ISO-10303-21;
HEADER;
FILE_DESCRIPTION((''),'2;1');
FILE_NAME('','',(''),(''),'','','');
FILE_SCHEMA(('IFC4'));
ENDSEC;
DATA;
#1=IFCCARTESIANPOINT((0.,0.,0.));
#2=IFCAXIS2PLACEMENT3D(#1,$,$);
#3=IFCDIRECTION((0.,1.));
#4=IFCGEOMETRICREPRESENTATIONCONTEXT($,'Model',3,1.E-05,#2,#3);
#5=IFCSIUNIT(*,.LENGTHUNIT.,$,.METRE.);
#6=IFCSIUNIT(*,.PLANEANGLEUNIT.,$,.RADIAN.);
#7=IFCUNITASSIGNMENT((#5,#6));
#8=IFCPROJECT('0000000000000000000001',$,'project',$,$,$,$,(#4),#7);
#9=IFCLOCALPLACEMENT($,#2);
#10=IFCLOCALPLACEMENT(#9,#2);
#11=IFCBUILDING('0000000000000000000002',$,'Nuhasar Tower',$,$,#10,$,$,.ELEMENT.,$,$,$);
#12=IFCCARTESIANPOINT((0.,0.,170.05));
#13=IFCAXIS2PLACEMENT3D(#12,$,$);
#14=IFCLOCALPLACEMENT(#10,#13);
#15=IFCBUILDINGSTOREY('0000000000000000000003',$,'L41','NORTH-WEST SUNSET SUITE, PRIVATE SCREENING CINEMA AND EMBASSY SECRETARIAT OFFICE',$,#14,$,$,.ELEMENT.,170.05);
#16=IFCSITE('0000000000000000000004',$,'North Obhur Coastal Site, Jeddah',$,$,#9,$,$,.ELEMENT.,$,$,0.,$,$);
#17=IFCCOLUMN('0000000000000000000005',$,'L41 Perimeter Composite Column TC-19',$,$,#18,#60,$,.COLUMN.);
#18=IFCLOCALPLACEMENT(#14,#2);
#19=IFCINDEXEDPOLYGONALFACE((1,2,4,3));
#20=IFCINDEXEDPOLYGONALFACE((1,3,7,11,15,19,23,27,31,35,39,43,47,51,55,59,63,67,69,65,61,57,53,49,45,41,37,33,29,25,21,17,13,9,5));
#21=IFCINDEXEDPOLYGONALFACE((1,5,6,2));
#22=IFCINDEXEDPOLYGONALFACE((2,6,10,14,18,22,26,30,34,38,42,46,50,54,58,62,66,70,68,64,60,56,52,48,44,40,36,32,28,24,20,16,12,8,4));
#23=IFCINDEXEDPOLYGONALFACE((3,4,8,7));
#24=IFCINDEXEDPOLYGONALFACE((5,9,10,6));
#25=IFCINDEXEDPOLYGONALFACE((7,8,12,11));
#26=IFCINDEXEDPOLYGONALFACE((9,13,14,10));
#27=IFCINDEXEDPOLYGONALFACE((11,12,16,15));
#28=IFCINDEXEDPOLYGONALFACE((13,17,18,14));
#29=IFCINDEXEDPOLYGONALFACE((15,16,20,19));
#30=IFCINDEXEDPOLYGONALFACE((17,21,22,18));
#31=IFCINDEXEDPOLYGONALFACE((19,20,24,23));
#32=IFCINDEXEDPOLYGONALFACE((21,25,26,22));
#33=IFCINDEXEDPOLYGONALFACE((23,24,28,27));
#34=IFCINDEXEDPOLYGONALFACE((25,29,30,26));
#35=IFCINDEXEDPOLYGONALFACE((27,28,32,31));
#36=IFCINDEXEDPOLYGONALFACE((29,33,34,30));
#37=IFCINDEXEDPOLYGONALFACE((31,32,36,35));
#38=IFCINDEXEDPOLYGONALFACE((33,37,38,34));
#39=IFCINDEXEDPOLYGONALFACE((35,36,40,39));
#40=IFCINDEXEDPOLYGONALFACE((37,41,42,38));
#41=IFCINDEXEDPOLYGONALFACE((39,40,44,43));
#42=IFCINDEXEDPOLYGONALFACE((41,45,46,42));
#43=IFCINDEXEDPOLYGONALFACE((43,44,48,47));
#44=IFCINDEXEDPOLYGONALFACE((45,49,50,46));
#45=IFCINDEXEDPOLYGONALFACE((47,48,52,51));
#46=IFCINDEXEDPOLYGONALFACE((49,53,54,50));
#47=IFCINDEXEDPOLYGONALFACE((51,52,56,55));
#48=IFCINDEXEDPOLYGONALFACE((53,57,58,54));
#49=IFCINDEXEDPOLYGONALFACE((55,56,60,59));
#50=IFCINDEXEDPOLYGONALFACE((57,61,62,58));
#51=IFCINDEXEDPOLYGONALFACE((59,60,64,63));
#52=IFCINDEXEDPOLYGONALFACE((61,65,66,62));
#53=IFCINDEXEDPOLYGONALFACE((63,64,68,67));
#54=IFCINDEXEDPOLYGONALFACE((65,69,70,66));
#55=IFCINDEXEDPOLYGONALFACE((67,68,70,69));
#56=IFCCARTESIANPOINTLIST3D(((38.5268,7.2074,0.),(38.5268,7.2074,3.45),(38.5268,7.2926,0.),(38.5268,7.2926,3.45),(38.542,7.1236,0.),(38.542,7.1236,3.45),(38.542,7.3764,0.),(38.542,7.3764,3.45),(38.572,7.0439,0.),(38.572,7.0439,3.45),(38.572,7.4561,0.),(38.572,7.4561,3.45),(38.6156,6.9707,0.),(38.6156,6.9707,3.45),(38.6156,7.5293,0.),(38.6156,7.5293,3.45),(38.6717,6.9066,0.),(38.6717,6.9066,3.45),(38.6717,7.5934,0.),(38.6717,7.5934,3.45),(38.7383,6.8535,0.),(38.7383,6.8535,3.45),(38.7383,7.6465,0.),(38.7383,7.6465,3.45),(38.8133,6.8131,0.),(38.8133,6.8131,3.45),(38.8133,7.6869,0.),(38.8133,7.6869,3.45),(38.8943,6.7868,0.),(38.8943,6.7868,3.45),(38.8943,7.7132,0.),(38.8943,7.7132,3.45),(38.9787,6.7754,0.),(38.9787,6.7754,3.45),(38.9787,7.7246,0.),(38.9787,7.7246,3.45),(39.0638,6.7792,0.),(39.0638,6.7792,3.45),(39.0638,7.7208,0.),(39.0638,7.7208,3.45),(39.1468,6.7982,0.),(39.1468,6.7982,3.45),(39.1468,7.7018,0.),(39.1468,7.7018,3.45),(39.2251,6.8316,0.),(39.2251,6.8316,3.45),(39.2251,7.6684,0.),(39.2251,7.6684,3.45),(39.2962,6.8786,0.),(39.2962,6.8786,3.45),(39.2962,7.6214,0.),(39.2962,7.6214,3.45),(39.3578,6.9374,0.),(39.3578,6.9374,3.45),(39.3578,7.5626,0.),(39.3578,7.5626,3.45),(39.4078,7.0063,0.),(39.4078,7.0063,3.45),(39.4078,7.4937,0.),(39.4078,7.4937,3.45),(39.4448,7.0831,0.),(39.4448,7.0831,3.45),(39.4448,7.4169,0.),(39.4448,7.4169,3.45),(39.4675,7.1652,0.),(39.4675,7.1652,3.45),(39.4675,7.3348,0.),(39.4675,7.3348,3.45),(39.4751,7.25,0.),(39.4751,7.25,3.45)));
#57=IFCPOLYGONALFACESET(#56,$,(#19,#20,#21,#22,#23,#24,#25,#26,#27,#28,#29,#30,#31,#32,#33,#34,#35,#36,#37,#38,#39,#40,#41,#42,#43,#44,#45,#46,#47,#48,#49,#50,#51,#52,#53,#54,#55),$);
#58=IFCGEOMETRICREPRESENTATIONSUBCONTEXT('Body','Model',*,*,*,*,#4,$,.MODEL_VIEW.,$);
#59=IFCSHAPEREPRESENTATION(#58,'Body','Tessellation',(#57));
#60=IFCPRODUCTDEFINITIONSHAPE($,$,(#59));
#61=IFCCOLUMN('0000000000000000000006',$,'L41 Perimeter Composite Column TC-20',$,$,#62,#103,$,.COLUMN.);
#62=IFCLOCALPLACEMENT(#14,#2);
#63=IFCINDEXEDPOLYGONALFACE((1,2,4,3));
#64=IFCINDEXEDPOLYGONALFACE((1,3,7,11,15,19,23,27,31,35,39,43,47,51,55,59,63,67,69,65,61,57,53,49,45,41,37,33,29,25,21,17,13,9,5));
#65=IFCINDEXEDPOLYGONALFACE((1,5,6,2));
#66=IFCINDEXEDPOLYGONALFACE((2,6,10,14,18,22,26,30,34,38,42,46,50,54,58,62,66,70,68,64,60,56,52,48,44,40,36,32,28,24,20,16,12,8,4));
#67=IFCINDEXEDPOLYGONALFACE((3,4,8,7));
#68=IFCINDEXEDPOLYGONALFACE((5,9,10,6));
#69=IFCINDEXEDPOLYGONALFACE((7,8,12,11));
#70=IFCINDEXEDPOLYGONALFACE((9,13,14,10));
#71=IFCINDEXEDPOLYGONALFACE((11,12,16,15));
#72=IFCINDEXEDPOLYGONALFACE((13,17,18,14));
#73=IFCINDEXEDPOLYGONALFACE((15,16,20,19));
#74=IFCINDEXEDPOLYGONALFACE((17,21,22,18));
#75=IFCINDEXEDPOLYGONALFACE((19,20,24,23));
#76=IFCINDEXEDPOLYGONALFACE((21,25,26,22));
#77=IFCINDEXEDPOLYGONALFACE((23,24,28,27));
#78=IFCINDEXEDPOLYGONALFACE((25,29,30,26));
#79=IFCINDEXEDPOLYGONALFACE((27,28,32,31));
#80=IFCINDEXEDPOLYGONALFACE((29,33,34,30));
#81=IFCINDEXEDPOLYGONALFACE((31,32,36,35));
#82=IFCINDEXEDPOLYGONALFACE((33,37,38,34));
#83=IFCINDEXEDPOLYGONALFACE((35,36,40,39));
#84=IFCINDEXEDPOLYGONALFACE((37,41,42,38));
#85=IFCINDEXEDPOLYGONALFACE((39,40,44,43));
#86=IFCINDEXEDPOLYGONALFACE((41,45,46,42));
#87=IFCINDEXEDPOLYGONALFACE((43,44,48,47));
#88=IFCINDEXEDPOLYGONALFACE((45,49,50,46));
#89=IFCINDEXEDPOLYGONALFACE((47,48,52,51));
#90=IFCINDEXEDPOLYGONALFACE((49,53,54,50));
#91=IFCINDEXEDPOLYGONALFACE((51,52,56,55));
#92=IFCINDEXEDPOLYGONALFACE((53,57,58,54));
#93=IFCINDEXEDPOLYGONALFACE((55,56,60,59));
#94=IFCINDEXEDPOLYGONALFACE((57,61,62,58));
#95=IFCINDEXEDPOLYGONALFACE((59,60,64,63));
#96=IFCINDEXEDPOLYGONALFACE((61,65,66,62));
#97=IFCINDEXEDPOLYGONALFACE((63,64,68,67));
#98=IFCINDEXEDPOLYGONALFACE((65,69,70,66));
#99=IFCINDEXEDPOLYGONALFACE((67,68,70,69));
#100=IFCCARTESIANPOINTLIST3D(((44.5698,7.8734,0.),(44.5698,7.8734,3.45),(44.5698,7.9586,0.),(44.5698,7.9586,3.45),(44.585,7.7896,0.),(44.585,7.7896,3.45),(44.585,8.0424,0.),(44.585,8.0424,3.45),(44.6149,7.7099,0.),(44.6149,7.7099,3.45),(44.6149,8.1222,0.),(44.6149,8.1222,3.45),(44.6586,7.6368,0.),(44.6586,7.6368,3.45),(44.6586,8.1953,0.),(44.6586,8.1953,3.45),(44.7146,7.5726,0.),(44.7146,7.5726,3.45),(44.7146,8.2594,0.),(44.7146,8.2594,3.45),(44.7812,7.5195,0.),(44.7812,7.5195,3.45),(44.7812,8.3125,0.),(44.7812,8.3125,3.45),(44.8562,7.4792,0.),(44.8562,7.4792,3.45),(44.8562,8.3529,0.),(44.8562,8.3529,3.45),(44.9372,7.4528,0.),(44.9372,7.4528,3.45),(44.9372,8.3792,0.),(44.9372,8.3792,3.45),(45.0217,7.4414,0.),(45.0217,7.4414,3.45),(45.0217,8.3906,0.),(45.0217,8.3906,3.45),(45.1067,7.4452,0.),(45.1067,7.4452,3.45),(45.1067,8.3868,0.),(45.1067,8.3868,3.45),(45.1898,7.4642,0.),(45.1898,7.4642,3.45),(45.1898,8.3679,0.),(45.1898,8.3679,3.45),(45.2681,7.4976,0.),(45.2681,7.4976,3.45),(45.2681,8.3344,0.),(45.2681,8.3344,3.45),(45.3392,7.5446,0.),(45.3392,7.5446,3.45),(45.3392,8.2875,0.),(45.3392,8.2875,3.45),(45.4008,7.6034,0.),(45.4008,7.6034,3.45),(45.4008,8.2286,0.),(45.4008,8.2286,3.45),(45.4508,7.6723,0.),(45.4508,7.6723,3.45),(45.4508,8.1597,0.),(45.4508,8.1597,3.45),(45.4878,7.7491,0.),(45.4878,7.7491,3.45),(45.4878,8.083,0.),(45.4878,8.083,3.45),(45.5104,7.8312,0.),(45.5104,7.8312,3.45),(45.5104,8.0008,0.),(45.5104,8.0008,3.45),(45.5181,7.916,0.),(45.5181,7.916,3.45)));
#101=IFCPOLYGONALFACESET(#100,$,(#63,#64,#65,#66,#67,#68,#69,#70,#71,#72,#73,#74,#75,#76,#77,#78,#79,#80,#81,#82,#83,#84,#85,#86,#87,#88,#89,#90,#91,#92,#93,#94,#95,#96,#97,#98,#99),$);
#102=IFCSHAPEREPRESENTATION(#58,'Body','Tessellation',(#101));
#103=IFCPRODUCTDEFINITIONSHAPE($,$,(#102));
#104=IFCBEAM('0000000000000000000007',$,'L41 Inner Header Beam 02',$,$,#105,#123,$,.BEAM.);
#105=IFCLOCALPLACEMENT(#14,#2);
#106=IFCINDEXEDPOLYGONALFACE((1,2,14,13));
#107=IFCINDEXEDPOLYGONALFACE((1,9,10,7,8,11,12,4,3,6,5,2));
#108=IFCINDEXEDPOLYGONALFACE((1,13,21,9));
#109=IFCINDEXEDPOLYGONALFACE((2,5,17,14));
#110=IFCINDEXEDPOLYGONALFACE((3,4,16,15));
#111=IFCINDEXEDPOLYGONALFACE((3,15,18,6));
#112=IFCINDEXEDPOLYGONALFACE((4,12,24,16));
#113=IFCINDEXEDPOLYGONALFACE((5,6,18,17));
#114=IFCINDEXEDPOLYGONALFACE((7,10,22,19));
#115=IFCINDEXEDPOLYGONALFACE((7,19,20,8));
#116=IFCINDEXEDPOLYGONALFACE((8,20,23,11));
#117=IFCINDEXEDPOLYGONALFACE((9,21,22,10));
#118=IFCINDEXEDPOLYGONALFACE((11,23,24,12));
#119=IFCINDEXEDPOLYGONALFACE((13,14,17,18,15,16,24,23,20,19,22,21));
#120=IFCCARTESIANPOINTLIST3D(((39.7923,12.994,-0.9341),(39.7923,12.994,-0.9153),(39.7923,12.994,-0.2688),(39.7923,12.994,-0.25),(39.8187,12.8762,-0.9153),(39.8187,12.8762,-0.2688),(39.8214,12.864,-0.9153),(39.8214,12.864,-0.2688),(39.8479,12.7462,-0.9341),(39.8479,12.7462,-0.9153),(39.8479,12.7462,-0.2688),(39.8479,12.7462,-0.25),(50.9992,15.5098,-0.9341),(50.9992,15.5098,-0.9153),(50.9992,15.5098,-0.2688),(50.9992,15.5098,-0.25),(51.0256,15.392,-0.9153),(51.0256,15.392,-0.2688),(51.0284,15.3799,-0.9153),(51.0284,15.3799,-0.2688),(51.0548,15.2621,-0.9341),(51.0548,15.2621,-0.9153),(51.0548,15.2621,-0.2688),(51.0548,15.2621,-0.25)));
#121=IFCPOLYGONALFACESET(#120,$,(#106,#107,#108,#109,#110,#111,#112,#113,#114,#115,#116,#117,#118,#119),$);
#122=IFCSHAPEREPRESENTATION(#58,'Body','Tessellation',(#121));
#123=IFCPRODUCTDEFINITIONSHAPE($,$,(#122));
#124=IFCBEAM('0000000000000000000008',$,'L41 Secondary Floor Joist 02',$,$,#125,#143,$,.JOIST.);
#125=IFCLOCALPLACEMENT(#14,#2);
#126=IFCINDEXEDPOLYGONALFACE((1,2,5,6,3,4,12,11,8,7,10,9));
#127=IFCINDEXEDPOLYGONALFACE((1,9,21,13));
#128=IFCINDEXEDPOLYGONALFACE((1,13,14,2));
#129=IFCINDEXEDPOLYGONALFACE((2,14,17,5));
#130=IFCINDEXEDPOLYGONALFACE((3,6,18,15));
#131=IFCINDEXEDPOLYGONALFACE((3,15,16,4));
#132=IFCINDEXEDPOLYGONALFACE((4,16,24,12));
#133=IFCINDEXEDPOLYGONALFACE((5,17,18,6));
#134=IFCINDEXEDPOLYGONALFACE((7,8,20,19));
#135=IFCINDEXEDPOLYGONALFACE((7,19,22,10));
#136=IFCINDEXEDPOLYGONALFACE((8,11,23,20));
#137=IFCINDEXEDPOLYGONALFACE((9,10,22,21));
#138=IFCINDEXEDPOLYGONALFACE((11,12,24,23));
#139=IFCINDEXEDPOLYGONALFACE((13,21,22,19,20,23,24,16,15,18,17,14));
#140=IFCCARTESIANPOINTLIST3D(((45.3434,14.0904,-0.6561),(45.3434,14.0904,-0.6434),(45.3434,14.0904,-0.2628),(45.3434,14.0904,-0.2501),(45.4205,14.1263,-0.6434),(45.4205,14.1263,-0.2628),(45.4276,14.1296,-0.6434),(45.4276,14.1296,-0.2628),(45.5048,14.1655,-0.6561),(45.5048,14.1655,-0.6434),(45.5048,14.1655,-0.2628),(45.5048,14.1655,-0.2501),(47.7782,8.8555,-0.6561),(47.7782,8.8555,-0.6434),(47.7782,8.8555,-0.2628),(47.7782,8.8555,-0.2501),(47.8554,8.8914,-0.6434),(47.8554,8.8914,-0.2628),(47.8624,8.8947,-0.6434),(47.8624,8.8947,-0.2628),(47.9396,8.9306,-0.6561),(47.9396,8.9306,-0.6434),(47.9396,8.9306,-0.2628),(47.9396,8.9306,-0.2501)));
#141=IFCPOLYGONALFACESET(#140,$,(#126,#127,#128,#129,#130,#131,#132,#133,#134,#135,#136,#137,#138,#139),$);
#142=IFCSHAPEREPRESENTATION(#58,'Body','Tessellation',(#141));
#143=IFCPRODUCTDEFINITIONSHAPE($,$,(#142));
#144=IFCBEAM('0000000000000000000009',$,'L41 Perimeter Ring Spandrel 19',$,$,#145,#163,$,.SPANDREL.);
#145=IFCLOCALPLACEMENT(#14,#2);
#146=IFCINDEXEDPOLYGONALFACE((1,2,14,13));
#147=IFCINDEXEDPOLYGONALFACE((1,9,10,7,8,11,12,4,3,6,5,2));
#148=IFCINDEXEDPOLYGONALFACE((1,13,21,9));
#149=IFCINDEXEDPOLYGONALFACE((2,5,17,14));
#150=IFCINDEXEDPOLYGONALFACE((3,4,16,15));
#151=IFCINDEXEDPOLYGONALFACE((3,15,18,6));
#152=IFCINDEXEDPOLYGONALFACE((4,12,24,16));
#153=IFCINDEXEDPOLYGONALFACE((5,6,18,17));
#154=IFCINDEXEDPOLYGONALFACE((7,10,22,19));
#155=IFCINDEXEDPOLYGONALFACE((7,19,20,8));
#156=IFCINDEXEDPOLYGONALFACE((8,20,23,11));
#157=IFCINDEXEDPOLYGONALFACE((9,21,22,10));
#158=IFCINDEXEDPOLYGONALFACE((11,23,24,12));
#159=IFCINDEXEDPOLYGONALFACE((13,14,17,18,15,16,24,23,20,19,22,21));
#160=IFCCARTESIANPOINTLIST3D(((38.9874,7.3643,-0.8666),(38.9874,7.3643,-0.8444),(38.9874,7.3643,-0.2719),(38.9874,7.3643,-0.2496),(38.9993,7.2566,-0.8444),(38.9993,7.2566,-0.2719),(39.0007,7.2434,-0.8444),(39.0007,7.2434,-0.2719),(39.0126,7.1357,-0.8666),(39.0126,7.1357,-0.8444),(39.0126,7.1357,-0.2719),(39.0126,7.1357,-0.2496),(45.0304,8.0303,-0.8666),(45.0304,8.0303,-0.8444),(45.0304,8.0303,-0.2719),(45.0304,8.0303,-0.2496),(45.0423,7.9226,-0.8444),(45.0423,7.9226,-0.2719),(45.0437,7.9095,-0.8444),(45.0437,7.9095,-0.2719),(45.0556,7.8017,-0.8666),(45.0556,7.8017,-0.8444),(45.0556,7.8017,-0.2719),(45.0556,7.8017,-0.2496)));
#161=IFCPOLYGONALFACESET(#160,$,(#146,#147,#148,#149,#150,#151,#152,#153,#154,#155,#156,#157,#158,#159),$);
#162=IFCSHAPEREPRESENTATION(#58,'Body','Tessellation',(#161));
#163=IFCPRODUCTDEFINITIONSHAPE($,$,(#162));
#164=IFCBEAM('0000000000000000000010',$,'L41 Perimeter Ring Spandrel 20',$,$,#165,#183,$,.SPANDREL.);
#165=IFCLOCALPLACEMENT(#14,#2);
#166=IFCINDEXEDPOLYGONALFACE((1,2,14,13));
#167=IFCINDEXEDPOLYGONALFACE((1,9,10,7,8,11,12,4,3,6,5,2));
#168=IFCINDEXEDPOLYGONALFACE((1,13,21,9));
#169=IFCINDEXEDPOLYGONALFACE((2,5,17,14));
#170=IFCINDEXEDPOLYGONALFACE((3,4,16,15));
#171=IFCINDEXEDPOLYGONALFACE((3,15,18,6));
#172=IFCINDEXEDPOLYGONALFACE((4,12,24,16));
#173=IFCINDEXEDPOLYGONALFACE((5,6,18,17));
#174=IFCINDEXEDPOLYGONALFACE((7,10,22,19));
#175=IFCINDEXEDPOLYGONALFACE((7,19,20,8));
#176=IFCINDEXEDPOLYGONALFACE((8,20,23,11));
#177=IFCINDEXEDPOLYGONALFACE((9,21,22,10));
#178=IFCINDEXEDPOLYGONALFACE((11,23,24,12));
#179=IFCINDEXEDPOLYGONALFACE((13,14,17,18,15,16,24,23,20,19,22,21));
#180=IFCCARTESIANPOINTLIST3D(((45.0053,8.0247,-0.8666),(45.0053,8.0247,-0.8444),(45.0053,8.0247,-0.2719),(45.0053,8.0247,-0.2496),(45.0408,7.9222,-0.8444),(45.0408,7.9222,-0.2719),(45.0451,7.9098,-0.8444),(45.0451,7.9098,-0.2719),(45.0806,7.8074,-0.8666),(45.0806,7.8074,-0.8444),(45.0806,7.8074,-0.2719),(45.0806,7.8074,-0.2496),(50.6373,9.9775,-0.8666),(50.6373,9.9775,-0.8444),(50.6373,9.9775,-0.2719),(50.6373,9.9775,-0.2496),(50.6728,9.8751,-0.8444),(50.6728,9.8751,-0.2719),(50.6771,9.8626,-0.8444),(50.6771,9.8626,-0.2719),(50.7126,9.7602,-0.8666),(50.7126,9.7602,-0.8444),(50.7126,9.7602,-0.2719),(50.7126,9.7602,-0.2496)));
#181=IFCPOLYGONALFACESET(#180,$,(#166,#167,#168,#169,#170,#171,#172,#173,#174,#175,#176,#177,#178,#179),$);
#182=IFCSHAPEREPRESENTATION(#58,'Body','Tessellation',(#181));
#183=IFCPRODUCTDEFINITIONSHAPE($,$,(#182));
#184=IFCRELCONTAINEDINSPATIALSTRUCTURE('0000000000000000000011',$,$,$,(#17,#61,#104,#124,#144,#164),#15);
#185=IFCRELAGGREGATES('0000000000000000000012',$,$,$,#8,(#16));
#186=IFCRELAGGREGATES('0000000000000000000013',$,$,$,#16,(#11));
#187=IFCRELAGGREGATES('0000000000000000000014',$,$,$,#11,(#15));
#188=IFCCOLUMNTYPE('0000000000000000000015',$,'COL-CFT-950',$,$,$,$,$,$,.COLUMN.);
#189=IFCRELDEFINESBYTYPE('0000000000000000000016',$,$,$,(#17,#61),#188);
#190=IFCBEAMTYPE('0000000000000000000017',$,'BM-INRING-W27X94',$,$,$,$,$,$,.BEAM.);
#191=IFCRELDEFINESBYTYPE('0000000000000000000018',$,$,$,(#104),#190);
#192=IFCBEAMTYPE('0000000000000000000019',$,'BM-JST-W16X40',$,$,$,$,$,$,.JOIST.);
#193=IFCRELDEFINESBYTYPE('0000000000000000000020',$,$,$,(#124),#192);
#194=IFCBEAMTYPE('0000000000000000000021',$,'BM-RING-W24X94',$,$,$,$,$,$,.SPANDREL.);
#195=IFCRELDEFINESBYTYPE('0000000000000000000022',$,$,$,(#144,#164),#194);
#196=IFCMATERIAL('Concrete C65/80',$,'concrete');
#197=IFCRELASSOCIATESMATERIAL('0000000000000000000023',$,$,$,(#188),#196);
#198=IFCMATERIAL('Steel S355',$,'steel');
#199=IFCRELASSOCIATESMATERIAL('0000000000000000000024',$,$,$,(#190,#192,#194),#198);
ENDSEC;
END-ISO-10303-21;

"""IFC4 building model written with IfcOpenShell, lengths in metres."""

from ifc_helpers import new_model, si_unit, direction, frame, origin, origin_2d, place, context, subcontext, project, spatial, circle, i_section, extrude, material, material_profile, profile_set, type_object, element, save


model = new_model("IFC4")

# Units and contexts
model_context = context("Model", 3, precision=1e-05, world=origin(), true_north=direction((0.0, 1.0)))
body_context = subcontext(model_context, "Body", "Model", "MODEL_VIEW")
ifc_project = project(units=[si_unit("LENGTHUNIT", "METRE"), si_unit("PLANEANGLEUNIT", "RADIAN")], contexts=[model_context])

# Site, building, storey
site_placement = place(None, origin())
site = spatial("IfcSite", under=ifc_project, at=site_placement, Name="North Obhur Coastal Site, Jeddah", CompositionType="ELEMENT", RefElevation=0.0)
building_placement = place(site_placement, origin())
building = spatial("IfcBuilding", under=site, at=building_placement, Name="Nuhasar Tower", CompositionType="ELEMENT")
storey_placement = place(building_placement, frame((0.0, 0.0, 170.05)))
storey = spatial("IfcBuildingStorey", under=building, at=storey_placement, Name="L41", Description="NORTH-WEST SUNSET SUITE, PRIVATE SCREENING CINEMA AND EMBASSY SECRETARIAT OFFICE", CompositionType="ELEMENT", Elevation=170.05)

# Columns
ifc_material_1 = material(Name="Concrete C65/80", Category="concrete")
ifc_material_profile_1 = material_profile(ifc_material_1, circle(Radius=0.4751, at=origin_2d()), Name="CFT950")
ifc_profile_set_1 = profile_set([ifc_material_profile_1], Name="Concrete C65/80")
column_type = type_object("IfcColumnType", Name="COL-CFT-950", PredefinedType="COLUMN", material=ifc_profile_set_1)
for number, where, z_axis, x_axis, name in (
    (1, (39.0, 7.25, 0.0), (0.0, 0.0, 1.0), (1.0, 0.0, 0.0), "L41 Perimeter Composite Column TC-19"),
    (2, (45.043, 7.916, 0.0), (0.0, 0.0, 1.0), (1.0, 0.0, 0.0), "L41 Perimeter Composite Column TC-20"),
):
    element("IfcColumn", number, at=place(storey_placement, frame(where, z_axis=z_axis, x_axis=x_axis)), inside=storey, type_object=column_type, Name=name, PredefinedType="COLUMN", context=body_context, shape_type="SweptSolid", body=[
        extrude(circle(Radius=0.4751, at=origin_2d()), origin(), (0.0, 0.0, 1.0), 3.45),
    ])

# Beams
ifc_material_2 = material(Name="Steel S355", Category="steel")
ifc_material_profile_2 = material_profile(ifc_material_2, i_section(OverallWidth=0.2539, OverallDepth=0.6841, WebThickness=0.0125, FlangeThickness=0.0188, at=origin_2d()), Name="W27X94")
ifc_profile_set_2 = profile_set([ifc_material_profile_2], Name="Steel S355")
beam_type_1 = type_object("IfcBeamType", Name="BM-INRING-W27X94", PredefinedType="BEAM", material=ifc_profile_set_2)
beam_1_placement = place(storey_placement, frame((39.8201, 12.8701, -0.592), z_axis=(0.975716, 0.219039, 0.0), x_axis=(-0.219039, 0.975716, 0.0)))
element("IfcBeam", 3, at=beam_1_placement, inside=storey, type_object=beam_type_1, Name="L41 Inner Header Beam 02", PredefinedType="BEAM", context=body_context, shape_type="SweptSolid", body=[
    extrude(i_section(OverallWidth=0.2539, OverallDepth=0.6841, WebThickness=0.0125, FlangeThickness=0.0188, at=origin_2d()), origin(), (0.0, 0.0, 1.0), 11.4858),
])
ifc_material_profile_3 = material_profile(ifc_material_2, i_section(OverallWidth=0.178, OverallDepth=0.406, WebThickness=0.0078, FlangeThickness=0.0127, at=origin_2d()), Name="W16X40")
ifc_profile_set_3 = profile_set([ifc_material_profile_3], Name="Steel S355")
beam_type_2 = type_object("IfcBeamType", Name="BM-JST-W16X40", PredefinedType="JOIST", material=ifc_profile_set_3)
beam_2_placement = place(storey_placement, frame((45.4241, 14.1279, -0.4531), z_axis=(0.42173, -0.906721, 0.0), x_axis=(0.906721, 0.42173, 0.0)))
element("IfcBeam", 4, at=beam_2_placement, inside=storey, type_object=beam_type_2, Name="L41 Secondary Floor Joist 02", PredefinedType="JOIST", context=body_context, shape_type="SweptSolid", body=[
    extrude(i_section(OverallWidth=0.178, OverallDepth=0.406, WebThickness=0.0078, FlangeThickness=0.0127, at=origin_2d()), origin(), (0.0, 0.0, 1.0), 5.7734),
])
ifc_material_profile_4 = material_profile(ifc_material_2, i_section(OverallWidth=0.23, OverallDepth=0.6169, WebThickness=0.0132, FlangeThickness=0.0222, at=origin_2d()), Name="W24X94")
ifc_profile_set_4 = profile_set([ifc_material_profile_4], Name="Steel S355")
beam_type_3 = type_object("IfcBeamType", Name="BM-RING-W24X94", PredefinedType="SPANDREL", material=ifc_profile_set_4)
beam_3_placement = place(storey_placement, frame((39.0, 7.25, -0.5581), z_axis=(0.993981, 0.10955, 0.0), x_axis=(-0.10955, 0.993981, 0.0)))
element("IfcBeam", 5, at=beam_3_placement, inside=storey, type_object=beam_type_3, Name="L41 Perimeter Ring Spandrel 19", PredefinedType="SPANDREL", context=body_context, shape_type="SweptSolid", body=[
    extrude(i_section(OverallWidth=0.23, OverallDepth=0.6169, WebThickness=0.0132, FlangeThickness=0.0222, at=origin_2d()), origin(), (0.0, 0.0, 1.0), 6.0796),
])
beam_4_placement = place(storey_placement, frame((45.043, 7.916, -0.5581), z_axis=(0.944814, 0.327607, 0.0), x_axis=(-0.327607, 0.944814, 0.0)))
element("IfcBeam", 6, at=beam_4_placement, inside=storey, type_object=beam_type_3, Name="L41 Perimeter Ring Spandrel 20", PredefinedType="SPANDREL", context=body_context, shape_type="SweptSolid", body=[
    extrude(i_section(OverallWidth=0.23, OverallDepth=0.6169, WebThickness=0.0132, FlangeThickness=0.0222, at=origin_2d()), origin(), (0.0, 0.0, 1.0), 5.9609),
])

save(model, "model.ifc")
